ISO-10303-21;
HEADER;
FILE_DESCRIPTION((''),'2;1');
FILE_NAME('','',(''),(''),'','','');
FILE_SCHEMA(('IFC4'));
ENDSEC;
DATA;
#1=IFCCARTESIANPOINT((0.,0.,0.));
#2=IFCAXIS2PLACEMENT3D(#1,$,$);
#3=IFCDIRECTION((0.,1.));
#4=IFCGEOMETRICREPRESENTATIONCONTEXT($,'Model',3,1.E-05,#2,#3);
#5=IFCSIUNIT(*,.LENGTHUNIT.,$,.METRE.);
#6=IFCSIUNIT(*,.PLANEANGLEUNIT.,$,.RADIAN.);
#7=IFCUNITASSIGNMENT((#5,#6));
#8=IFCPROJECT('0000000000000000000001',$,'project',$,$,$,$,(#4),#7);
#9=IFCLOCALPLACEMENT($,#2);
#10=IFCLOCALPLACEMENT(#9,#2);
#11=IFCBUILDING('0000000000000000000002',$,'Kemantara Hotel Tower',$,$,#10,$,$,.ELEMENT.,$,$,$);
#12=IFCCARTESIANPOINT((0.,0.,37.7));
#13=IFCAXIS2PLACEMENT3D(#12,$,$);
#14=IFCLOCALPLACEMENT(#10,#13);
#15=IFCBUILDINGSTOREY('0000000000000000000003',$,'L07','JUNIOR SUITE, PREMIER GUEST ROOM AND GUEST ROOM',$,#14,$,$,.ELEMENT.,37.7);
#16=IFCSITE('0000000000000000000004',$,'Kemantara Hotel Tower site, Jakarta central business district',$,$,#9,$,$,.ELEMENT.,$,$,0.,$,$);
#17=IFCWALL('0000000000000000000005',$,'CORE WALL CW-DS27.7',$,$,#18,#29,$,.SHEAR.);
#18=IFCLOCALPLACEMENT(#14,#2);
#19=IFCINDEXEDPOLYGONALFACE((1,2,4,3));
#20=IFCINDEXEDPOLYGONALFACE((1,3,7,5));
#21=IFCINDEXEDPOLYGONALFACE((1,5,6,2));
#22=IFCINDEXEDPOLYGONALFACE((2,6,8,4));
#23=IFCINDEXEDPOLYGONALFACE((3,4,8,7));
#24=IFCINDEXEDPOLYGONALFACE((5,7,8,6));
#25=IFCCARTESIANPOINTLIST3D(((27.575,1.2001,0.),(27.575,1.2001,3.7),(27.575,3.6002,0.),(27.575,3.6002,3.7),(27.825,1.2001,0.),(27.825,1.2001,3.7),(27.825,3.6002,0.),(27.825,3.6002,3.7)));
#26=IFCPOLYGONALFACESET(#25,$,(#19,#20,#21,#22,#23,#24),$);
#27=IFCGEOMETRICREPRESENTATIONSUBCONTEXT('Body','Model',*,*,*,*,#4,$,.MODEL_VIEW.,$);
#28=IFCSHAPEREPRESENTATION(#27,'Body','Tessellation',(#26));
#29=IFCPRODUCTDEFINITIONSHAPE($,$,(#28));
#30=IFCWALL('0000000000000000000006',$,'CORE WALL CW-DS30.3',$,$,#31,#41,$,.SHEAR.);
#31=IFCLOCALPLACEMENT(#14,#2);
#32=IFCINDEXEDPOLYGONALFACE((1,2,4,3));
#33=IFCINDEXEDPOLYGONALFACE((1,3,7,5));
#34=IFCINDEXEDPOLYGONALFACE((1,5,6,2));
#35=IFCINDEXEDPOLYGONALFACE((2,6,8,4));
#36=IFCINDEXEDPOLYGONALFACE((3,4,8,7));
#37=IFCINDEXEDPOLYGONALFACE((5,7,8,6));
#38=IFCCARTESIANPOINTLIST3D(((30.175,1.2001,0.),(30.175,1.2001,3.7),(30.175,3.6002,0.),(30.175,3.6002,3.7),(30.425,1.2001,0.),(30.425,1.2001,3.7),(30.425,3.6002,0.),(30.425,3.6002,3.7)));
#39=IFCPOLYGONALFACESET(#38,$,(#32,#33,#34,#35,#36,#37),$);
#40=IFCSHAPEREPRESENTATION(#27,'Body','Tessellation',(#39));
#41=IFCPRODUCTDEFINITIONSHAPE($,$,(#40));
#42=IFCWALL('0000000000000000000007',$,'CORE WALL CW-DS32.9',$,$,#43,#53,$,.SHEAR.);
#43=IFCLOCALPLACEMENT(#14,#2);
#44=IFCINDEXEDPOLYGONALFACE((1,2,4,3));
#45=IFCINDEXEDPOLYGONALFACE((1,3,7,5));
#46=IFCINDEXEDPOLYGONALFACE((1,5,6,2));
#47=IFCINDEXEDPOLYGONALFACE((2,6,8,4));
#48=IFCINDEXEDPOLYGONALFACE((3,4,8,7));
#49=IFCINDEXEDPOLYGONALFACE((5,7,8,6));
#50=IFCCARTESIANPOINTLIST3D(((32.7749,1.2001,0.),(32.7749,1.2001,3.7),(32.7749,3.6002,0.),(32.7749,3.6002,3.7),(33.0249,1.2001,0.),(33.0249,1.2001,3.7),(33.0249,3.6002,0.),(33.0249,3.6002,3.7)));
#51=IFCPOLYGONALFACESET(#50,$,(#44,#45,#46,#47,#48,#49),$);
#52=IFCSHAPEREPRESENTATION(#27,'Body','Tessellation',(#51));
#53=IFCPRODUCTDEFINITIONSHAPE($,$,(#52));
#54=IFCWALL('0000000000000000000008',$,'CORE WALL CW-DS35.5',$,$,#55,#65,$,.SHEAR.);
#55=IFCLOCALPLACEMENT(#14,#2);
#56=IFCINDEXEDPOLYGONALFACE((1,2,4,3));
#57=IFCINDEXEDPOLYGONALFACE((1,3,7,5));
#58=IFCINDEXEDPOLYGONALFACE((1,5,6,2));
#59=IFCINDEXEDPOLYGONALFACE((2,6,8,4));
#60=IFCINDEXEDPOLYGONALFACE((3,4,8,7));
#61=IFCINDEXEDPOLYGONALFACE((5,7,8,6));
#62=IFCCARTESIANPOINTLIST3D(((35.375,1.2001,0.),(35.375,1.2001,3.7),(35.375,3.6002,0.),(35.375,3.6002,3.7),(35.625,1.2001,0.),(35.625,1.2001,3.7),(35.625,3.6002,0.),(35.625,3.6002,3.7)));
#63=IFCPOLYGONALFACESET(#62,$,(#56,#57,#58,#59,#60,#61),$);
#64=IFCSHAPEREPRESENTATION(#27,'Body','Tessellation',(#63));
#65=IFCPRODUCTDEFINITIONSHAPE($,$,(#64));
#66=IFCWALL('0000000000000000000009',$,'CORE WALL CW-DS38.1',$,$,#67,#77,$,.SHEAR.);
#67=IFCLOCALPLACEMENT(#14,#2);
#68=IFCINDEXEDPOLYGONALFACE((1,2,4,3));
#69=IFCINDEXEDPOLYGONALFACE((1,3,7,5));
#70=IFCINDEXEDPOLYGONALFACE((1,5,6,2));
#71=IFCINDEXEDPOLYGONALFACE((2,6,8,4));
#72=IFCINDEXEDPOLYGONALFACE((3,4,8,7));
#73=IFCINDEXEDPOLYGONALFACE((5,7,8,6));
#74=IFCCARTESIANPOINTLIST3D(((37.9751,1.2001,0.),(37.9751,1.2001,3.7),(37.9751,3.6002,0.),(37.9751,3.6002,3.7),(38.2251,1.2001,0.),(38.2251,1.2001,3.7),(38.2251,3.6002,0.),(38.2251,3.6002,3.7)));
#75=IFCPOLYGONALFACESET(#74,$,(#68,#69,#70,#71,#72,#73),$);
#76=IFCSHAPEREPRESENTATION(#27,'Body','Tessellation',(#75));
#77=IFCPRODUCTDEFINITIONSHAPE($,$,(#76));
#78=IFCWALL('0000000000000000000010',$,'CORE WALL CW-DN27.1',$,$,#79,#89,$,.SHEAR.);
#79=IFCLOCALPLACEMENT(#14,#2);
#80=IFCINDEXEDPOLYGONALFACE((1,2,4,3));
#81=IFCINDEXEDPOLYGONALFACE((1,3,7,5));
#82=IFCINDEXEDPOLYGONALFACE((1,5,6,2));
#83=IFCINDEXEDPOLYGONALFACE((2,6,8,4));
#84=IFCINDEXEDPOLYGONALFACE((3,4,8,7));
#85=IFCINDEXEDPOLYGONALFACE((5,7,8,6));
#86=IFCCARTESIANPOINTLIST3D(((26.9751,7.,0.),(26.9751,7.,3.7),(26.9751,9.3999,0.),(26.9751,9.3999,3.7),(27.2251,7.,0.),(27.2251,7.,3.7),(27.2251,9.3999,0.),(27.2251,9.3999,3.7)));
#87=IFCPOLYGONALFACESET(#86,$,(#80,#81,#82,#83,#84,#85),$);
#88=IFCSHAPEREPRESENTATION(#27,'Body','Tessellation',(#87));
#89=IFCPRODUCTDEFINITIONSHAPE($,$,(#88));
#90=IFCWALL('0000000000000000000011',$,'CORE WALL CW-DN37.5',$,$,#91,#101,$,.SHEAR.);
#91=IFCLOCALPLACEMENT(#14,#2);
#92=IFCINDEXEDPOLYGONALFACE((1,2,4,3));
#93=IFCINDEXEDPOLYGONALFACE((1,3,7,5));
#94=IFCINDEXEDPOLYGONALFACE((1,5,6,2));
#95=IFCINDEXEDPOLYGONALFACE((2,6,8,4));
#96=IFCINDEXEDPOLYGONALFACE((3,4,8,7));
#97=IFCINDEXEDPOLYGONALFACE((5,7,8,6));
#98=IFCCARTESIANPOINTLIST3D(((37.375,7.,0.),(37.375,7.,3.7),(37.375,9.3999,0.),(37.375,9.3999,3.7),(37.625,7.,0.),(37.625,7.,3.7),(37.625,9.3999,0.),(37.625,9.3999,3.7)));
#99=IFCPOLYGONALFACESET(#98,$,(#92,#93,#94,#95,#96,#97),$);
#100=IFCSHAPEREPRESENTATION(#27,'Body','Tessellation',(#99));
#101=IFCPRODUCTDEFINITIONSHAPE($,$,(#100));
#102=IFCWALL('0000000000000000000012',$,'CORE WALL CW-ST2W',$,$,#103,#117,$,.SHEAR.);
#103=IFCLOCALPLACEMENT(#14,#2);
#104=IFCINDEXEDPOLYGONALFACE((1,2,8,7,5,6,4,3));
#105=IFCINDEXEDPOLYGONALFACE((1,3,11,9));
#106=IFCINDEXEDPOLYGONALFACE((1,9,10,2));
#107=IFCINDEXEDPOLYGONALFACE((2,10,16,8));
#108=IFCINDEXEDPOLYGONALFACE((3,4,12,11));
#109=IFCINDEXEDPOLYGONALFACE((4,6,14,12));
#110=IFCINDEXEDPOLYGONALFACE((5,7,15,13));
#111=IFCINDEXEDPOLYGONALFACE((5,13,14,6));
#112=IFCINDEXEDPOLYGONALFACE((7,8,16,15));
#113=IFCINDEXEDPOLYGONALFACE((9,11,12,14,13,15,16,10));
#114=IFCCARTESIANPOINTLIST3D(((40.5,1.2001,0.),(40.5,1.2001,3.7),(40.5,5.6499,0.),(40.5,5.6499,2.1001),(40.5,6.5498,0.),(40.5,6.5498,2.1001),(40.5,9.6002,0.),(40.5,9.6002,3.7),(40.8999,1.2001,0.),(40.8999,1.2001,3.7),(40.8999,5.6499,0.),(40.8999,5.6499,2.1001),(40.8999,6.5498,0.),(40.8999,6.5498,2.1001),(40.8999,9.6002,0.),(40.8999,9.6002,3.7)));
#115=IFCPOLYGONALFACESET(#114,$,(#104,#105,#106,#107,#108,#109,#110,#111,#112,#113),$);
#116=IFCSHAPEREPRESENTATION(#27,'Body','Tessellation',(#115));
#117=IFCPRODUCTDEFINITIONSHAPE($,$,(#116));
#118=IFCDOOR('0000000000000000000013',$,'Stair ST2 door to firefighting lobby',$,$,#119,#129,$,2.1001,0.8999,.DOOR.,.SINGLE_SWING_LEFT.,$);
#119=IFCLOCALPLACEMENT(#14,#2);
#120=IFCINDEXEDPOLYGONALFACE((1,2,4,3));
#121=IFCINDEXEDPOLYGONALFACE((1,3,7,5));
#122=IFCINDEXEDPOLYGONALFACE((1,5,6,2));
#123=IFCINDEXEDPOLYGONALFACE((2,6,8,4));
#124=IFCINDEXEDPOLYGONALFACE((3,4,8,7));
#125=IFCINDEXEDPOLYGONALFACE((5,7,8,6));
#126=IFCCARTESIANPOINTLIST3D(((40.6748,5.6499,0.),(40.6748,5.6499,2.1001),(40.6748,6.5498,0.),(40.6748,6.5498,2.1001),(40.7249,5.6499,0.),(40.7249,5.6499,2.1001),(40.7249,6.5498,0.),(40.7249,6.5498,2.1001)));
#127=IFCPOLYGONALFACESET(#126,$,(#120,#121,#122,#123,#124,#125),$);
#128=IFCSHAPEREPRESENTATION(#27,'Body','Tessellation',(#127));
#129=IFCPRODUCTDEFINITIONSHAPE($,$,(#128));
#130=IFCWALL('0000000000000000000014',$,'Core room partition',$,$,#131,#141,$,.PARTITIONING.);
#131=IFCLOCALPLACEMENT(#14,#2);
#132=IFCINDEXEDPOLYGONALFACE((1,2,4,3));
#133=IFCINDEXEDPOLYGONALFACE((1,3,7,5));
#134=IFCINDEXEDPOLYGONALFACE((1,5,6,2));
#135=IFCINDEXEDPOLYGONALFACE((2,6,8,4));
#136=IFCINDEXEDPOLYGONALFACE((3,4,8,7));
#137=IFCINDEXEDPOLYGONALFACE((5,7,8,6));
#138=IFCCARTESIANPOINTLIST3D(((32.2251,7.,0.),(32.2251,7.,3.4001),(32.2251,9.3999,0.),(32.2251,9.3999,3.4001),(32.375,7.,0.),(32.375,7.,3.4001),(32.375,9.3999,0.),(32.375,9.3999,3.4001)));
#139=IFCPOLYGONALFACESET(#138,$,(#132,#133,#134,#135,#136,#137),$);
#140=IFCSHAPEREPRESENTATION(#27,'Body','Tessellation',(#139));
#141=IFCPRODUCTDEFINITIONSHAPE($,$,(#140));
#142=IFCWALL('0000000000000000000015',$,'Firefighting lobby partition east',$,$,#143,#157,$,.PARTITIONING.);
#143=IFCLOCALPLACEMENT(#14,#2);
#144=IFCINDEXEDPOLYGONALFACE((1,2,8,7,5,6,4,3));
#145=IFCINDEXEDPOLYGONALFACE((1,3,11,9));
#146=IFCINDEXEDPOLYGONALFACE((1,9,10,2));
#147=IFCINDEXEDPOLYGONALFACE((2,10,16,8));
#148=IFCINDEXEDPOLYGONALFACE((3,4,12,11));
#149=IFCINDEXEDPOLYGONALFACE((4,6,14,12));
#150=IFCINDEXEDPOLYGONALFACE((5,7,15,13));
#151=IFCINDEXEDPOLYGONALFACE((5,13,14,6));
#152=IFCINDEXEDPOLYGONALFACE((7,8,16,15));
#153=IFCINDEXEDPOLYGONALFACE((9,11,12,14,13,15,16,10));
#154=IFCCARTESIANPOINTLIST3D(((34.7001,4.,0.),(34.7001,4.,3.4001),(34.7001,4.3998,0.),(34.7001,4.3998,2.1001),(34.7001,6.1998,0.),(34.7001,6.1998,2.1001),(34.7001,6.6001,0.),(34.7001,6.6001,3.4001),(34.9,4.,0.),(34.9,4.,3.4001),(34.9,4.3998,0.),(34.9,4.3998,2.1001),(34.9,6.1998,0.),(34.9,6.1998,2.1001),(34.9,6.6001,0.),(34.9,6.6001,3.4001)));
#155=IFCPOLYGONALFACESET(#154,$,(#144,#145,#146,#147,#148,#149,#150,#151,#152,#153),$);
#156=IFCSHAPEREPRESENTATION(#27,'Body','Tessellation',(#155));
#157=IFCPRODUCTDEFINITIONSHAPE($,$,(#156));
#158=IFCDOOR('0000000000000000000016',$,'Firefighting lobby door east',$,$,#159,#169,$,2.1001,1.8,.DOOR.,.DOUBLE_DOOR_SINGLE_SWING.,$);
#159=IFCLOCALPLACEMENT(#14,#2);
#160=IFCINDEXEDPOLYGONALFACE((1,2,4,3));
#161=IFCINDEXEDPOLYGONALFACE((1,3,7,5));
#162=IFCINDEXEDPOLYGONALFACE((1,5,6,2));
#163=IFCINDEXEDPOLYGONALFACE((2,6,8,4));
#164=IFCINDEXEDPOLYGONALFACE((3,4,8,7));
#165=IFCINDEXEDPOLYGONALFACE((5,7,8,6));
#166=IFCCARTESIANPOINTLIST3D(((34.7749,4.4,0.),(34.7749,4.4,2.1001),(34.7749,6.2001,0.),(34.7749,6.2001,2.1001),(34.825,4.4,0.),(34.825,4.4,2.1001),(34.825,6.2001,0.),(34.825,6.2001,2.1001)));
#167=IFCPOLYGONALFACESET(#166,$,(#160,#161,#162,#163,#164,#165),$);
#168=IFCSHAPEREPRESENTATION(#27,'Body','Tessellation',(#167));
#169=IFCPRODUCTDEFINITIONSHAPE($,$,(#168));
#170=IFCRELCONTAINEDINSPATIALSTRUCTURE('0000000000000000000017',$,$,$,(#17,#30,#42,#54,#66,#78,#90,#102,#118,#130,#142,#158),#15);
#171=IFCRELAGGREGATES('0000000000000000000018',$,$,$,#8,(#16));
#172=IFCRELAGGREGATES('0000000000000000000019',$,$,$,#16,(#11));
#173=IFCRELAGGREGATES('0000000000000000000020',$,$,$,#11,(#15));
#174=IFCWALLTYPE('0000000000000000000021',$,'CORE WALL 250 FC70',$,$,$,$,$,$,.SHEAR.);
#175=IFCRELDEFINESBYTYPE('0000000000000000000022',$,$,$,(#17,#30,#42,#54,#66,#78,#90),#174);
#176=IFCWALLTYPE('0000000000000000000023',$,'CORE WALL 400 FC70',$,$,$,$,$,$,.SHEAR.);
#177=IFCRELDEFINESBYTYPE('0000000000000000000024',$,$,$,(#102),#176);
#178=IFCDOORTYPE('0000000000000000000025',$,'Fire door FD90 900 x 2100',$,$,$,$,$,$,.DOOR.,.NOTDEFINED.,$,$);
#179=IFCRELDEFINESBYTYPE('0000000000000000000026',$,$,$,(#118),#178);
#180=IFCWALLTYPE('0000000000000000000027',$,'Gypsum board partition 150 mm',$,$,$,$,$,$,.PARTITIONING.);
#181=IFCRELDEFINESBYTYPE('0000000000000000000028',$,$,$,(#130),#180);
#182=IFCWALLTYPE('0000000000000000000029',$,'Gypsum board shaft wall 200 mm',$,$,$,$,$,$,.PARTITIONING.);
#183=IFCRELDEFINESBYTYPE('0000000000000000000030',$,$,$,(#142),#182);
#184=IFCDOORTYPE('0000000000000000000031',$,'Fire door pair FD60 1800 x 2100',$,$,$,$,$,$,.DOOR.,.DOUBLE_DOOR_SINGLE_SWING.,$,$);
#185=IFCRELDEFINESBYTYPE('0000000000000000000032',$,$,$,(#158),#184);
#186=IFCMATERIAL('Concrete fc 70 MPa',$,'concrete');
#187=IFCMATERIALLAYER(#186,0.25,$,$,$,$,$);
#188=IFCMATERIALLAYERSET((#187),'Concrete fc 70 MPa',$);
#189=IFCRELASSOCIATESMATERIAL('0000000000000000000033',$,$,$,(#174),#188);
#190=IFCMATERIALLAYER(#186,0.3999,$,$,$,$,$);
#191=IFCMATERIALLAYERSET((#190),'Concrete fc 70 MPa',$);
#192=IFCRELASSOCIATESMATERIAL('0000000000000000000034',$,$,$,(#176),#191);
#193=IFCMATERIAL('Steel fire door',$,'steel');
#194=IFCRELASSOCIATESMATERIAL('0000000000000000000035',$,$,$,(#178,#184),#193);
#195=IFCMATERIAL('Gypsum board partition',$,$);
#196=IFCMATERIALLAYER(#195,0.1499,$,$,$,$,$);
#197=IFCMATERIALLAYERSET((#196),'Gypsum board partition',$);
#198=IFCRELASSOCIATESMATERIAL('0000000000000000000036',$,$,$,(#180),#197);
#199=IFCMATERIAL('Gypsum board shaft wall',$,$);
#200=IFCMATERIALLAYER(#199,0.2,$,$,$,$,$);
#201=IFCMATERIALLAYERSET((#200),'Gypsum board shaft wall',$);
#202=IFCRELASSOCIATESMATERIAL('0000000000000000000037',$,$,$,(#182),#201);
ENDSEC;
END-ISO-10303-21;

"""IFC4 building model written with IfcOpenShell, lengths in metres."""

from ifc_helpers import new_model, si_unit, direction, frame, frame_2d, origin, place, context, subcontext, project, spatial, rectangle, extrude, material, layer, layer_set, type_object, element, fill, save


model = new_model("IFC4")

# Units and contexts
model_context = context("Model", 3, precision=1e-05, world=origin(), true_north=direction((0.0, 1.0)))
body_context = subcontext(model_context, "Body", "Model", "MODEL_VIEW")
ifc_project = project(units=[si_unit("LENGTHUNIT", "METRE"), si_unit("PLANEANGLEUNIT", "RADIAN")], contexts=[model_context])

# Site, building, storey
site_placement = place(None, origin())
site = spatial("IfcSite", under=ifc_project, at=site_placement, Name="Kemantara Hotel Tower site, Jakarta central business district", CompositionType="ELEMENT", RefElevation=0.0)
building_placement = place(site_placement, origin())
building = spatial("IfcBuilding", under=site, at=building_placement, Name="Kemantara Hotel Tower", CompositionType="ELEMENT")
storey_placement = place(building_placement, frame((0.0, 0.0, 37.7)))
storey = spatial("IfcBuildingStorey", under=building, at=storey_placement, Name="L07", Description="JUNIOR SUITE, PREMIER GUEST ROOM AND GUEST ROOM", CompositionType="ELEMENT", Elevation=37.7)

# Walls
ifc_material_1 = material(Name="Concrete fc 70 MPa", Category="concrete")
ifc_layer_1 = layer(ifc_material_1, 0.25)
ifc_layer_set_1 = layer_set([ifc_layer_1], Name="Concrete fc 70 MPa")
wall_type_1 = type_object("IfcWallType", Name="CORE WALL 250 FC70", PredefinedType="SHEAR", material=ifc_layer_set_1)
for number, where, z_axis, x_axis, name in (
    (1, (27.7, 1.2, 0.0), (0.0, 0.0, 1.0), (0.0, 1.0, 0.0), "CORE WALL CW-DS27.7"),
    (2, (30.3, 1.2, 0.0), (0.0, 0.0, 1.0), (0.0, 1.0, 0.0), "CORE WALL CW-DS30.3"),
    (3, (32.8999, 1.2, 0.0), (0.0, 0.0, 1.0), (0.0, 1.0, 0.0), "CORE WALL CW-DS32.9"),
    (4, (35.5, 1.2, 0.0), (0.0, 0.0, 1.0), (0.0, 1.0, 0.0), "CORE WALL CW-DS35.5"),
    (5, (38.1001, 1.2, 0.0), (0.0, 0.0, 1.0), (0.0, 1.0, 0.0), "CORE WALL CW-DS38.1"),
):
    element("IfcWall", number, at=place(storey_placement, frame(where, z_axis=z_axis, x_axis=x_axis)), inside=storey, type_object=wall_type_1, Name=name, PredefinedType="SHEAR", context=body_context, shape_type="SweptSolid", body=[
        extrude(rectangle(XDim=2.4001, YDim=0.25, at=frame_2d((1.2002, 0.0))), origin(), (0.0, 0.0, 1.0), 3.7),
    ])
for number, where, z_axis, x_axis, name in (
    (6, (27.1001, 7.0, 0.0), (0.0, 0.0, 1.0), (0.0, 1.0, 0.0), "CORE WALL CW-DN27.1"),
    (7, (37.5, 7.0, 0.0), (0.0, 0.0, 1.0), (0.0, 1.0, 0.0), "CORE WALL CW-DN37.5"),
):
    element("IfcWall", number, at=place(storey_placement, frame(where, z_axis=z_axis, x_axis=x_axis)), inside=storey, type_object=wall_type_1, Name=name, PredefinedType="SHEAR", context=body_context, shape_type="SweptSolid", body=[
        extrude(rectangle(XDim=2.3999, YDim=0.25, at=frame_2d((1.2, 0.0))), origin(), (0.0, 0.0, 1.0), 3.7),
    ])

# Wall, opening, door
ifc_layer_2 = layer(ifc_material_1, 0.3999)
ifc_layer_set_2 = layer_set([ifc_layer_2], Name="Concrete fc 70 MPa")
wall_type_2 = type_object("IfcWallType", Name="CORE WALL 400 FC70", PredefinedType="SHEAR", material=ifc_layer_set_2)
wall_1_placement = place(storey_placement, frame((40.7, 1.2, 0.0), z_axis=(0.0, 0.0, 1.0), x_axis=(0.0, 1.0, 0.0)))
wall_1 = element("IfcWall", 8, at=wall_1_placement, inside=storey, type_object=wall_type_2, Name="CORE WALL CW-ST2W", PredefinedType="SHEAR", context=body_context, shape_type="SweptSolid", body=[
    extrude(rectangle(XDim=8.4001, YDim=0.3999, at=frame_2d((4.2002, 0.0))), origin(), (0.0, 0.0, 1.0), 3.7),
])
opening_1_placement = place(wall_1_placement, frame((4.45, 0.0, 0.0)))
opening_1 = element("IfcOpeningElement", 9, at=opening_1_placement, cuts=wall_1, PredefinedType="OPENING", context=body_context, shape_type="SweptSolid", body=[
    extrude(rectangle(XDim=0.8999, YDim=2.1001, at=frame_2d((0.45, 1.05))), frame((0.0, 0.21, 0.0), z_axis=(0.0, -1.0, 0.0), x_axis=(1.0, 0.0, 0.0)), (0.0, 0.0, 1.0), 0.4199),
])
ifc_material_2 = material(Name="Steel fire door", Category="steel")
door_type_1 = type_object("IfcDoorType", Name="Fire door FD90 900 x 2100", OperationType="NOTDEFINED", PredefinedType="DOOR", material=ifc_material_2)
door_1_placement = place(opening_1_placement, frame((0.8999, 0.0, 0.0), z_axis=(0.0, 0.0, 1.0), x_axis=(-1.0, 0.0, 0.0)))
door_1 = element("IfcDoor", 10, at=door_1_placement, inside=storey, type_object=door_type_1, Name="Stair ST2 door to firefighting lobby", OperationType="SINGLE_SWING_LEFT", OverallHeight=2.1001, OverallWidth=0.8999, PredefinedType="DOOR", context=body_context, shape_type="SweptSolid", body=[
    extrude(rectangle(XDim=0.8999, YDim=2.1001, at=frame_2d((0.45, 1.05))), frame((0.0, 0.0249, 0.0), z_axis=(0.0, -1.0, 0.0), x_axis=(1.0, 0.0, 0.0)), (0.0, 0.0, 1.0), 0.05),
])
fill(opening_1, door_1)

# Wall
ifc_material_3 = material(Name="Gypsum board partition")
ifc_layer_3 = layer(ifc_material_3, 0.1499)
ifc_layer_set_3 = layer_set([ifc_layer_3], Name="Gypsum board partition")
wall_type_3 = type_object("IfcWallType", Name="Gypsum board partition 150 mm", PredefinedType="PARTITIONING", material=ifc_layer_set_3)
wall_2_placement = place(storey_placement, frame((32.3, 7.0, 0.0), z_axis=(0.0, 0.0, 1.0), x_axis=(0.0, 1.0, 0.0)))
element("IfcWall", 11, at=wall_2_placement, inside=storey, type_object=wall_type_3, Name="Core room partition", PredefinedType="PARTITIONING", context=body_context, shape_type="SweptSolid", body=[
    extrude(rectangle(XDim=2.3999, YDim=0.1499, at=frame_2d((1.2, 0.0))), origin(), (0.0, 0.0, 1.0), 3.4001),
])

# Wall, opening, door
ifc_material_4 = material(Name="Gypsum board shaft wall")
ifc_layer_4 = layer(ifc_material_4, 0.2)
ifc_layer_set_4 = layer_set([ifc_layer_4], Name="Gypsum board shaft wall")
wall_type_4 = type_object("IfcWallType", Name="Gypsum board shaft wall 200 mm", PredefinedType="PARTITIONING", material=ifc_layer_set_4)
wall_3_placement = place(storey_placement, frame((34.8, 4.0, 0.0), z_axis=(0.0, 0.0, 1.0), x_axis=(0.0, 1.0, 0.0)))
wall_3 = element("IfcWall", 12, at=wall_3_placement, inside=storey, type_object=wall_type_4, Name="Firefighting lobby partition east", PredefinedType="PARTITIONING", context=body_context, shape_type="SweptSolid", body=[
    extrude(rectangle(XDim=2.6001, YDim=0.2, at=frame_2d((1.3, 0.0))), origin(), (0.0, 0.0, 1.0), 3.4001),
])
opening_2_placement = place(wall_3_placement, frame((0.3999, 0.0, 0.0)))
opening_2 = element("IfcOpeningElement", 13, at=opening_2_placement, cuts=wall_3, PredefinedType="OPENING", context=body_context, shape_type="SweptSolid", body=[
    extrude(rectangle(XDim=1.8, YDim=2.1001, at=frame_2d((0.8999, 1.05))), frame((0.0, 0.1099, 0.0), z_axis=(0.0, -1.0, 0.0), x_axis=(1.0, 0.0, 0.0)), (0.0, 0.0, 1.0), 0.22),
])
door_type_2 = type_object("IfcDoorType", Name="Fire door pair FD60 1800 x 2100", OperationType="DOUBLE_DOOR_SINGLE_SWING", PredefinedType="DOOR", material=ifc_material_2)
door_2_placement = place(opening_2_placement, frame((1.8, 0.0, 0.0), z_axis=(0.0, 0.0, 1.0), x_axis=(-1.0, 0.0, 0.0)))
door_2 = element("IfcDoor", 14, at=door_2_placement, inside=storey, type_object=door_type_2, Name="Firefighting lobby door east", OperationType="DOUBLE_DOOR_SINGLE_SWING", OverallHeight=2.1001, OverallWidth=1.8, PredefinedType="DOOR", context=body_context, shape_type="SweptSolid", body=[
    extrude(rectangle(XDim=1.8, YDim=2.1001, at=frame_2d((0.8999, 1.05))), frame((0.0, 0.0249, 0.0), z_axis=(0.0, -1.0, 0.0), x_axis=(1.0, 0.0, 0.0)), (0.0, 0.0, 1.0), 0.05),
])
fill(opening_2, door_2)

save(model, "model.ifc")
